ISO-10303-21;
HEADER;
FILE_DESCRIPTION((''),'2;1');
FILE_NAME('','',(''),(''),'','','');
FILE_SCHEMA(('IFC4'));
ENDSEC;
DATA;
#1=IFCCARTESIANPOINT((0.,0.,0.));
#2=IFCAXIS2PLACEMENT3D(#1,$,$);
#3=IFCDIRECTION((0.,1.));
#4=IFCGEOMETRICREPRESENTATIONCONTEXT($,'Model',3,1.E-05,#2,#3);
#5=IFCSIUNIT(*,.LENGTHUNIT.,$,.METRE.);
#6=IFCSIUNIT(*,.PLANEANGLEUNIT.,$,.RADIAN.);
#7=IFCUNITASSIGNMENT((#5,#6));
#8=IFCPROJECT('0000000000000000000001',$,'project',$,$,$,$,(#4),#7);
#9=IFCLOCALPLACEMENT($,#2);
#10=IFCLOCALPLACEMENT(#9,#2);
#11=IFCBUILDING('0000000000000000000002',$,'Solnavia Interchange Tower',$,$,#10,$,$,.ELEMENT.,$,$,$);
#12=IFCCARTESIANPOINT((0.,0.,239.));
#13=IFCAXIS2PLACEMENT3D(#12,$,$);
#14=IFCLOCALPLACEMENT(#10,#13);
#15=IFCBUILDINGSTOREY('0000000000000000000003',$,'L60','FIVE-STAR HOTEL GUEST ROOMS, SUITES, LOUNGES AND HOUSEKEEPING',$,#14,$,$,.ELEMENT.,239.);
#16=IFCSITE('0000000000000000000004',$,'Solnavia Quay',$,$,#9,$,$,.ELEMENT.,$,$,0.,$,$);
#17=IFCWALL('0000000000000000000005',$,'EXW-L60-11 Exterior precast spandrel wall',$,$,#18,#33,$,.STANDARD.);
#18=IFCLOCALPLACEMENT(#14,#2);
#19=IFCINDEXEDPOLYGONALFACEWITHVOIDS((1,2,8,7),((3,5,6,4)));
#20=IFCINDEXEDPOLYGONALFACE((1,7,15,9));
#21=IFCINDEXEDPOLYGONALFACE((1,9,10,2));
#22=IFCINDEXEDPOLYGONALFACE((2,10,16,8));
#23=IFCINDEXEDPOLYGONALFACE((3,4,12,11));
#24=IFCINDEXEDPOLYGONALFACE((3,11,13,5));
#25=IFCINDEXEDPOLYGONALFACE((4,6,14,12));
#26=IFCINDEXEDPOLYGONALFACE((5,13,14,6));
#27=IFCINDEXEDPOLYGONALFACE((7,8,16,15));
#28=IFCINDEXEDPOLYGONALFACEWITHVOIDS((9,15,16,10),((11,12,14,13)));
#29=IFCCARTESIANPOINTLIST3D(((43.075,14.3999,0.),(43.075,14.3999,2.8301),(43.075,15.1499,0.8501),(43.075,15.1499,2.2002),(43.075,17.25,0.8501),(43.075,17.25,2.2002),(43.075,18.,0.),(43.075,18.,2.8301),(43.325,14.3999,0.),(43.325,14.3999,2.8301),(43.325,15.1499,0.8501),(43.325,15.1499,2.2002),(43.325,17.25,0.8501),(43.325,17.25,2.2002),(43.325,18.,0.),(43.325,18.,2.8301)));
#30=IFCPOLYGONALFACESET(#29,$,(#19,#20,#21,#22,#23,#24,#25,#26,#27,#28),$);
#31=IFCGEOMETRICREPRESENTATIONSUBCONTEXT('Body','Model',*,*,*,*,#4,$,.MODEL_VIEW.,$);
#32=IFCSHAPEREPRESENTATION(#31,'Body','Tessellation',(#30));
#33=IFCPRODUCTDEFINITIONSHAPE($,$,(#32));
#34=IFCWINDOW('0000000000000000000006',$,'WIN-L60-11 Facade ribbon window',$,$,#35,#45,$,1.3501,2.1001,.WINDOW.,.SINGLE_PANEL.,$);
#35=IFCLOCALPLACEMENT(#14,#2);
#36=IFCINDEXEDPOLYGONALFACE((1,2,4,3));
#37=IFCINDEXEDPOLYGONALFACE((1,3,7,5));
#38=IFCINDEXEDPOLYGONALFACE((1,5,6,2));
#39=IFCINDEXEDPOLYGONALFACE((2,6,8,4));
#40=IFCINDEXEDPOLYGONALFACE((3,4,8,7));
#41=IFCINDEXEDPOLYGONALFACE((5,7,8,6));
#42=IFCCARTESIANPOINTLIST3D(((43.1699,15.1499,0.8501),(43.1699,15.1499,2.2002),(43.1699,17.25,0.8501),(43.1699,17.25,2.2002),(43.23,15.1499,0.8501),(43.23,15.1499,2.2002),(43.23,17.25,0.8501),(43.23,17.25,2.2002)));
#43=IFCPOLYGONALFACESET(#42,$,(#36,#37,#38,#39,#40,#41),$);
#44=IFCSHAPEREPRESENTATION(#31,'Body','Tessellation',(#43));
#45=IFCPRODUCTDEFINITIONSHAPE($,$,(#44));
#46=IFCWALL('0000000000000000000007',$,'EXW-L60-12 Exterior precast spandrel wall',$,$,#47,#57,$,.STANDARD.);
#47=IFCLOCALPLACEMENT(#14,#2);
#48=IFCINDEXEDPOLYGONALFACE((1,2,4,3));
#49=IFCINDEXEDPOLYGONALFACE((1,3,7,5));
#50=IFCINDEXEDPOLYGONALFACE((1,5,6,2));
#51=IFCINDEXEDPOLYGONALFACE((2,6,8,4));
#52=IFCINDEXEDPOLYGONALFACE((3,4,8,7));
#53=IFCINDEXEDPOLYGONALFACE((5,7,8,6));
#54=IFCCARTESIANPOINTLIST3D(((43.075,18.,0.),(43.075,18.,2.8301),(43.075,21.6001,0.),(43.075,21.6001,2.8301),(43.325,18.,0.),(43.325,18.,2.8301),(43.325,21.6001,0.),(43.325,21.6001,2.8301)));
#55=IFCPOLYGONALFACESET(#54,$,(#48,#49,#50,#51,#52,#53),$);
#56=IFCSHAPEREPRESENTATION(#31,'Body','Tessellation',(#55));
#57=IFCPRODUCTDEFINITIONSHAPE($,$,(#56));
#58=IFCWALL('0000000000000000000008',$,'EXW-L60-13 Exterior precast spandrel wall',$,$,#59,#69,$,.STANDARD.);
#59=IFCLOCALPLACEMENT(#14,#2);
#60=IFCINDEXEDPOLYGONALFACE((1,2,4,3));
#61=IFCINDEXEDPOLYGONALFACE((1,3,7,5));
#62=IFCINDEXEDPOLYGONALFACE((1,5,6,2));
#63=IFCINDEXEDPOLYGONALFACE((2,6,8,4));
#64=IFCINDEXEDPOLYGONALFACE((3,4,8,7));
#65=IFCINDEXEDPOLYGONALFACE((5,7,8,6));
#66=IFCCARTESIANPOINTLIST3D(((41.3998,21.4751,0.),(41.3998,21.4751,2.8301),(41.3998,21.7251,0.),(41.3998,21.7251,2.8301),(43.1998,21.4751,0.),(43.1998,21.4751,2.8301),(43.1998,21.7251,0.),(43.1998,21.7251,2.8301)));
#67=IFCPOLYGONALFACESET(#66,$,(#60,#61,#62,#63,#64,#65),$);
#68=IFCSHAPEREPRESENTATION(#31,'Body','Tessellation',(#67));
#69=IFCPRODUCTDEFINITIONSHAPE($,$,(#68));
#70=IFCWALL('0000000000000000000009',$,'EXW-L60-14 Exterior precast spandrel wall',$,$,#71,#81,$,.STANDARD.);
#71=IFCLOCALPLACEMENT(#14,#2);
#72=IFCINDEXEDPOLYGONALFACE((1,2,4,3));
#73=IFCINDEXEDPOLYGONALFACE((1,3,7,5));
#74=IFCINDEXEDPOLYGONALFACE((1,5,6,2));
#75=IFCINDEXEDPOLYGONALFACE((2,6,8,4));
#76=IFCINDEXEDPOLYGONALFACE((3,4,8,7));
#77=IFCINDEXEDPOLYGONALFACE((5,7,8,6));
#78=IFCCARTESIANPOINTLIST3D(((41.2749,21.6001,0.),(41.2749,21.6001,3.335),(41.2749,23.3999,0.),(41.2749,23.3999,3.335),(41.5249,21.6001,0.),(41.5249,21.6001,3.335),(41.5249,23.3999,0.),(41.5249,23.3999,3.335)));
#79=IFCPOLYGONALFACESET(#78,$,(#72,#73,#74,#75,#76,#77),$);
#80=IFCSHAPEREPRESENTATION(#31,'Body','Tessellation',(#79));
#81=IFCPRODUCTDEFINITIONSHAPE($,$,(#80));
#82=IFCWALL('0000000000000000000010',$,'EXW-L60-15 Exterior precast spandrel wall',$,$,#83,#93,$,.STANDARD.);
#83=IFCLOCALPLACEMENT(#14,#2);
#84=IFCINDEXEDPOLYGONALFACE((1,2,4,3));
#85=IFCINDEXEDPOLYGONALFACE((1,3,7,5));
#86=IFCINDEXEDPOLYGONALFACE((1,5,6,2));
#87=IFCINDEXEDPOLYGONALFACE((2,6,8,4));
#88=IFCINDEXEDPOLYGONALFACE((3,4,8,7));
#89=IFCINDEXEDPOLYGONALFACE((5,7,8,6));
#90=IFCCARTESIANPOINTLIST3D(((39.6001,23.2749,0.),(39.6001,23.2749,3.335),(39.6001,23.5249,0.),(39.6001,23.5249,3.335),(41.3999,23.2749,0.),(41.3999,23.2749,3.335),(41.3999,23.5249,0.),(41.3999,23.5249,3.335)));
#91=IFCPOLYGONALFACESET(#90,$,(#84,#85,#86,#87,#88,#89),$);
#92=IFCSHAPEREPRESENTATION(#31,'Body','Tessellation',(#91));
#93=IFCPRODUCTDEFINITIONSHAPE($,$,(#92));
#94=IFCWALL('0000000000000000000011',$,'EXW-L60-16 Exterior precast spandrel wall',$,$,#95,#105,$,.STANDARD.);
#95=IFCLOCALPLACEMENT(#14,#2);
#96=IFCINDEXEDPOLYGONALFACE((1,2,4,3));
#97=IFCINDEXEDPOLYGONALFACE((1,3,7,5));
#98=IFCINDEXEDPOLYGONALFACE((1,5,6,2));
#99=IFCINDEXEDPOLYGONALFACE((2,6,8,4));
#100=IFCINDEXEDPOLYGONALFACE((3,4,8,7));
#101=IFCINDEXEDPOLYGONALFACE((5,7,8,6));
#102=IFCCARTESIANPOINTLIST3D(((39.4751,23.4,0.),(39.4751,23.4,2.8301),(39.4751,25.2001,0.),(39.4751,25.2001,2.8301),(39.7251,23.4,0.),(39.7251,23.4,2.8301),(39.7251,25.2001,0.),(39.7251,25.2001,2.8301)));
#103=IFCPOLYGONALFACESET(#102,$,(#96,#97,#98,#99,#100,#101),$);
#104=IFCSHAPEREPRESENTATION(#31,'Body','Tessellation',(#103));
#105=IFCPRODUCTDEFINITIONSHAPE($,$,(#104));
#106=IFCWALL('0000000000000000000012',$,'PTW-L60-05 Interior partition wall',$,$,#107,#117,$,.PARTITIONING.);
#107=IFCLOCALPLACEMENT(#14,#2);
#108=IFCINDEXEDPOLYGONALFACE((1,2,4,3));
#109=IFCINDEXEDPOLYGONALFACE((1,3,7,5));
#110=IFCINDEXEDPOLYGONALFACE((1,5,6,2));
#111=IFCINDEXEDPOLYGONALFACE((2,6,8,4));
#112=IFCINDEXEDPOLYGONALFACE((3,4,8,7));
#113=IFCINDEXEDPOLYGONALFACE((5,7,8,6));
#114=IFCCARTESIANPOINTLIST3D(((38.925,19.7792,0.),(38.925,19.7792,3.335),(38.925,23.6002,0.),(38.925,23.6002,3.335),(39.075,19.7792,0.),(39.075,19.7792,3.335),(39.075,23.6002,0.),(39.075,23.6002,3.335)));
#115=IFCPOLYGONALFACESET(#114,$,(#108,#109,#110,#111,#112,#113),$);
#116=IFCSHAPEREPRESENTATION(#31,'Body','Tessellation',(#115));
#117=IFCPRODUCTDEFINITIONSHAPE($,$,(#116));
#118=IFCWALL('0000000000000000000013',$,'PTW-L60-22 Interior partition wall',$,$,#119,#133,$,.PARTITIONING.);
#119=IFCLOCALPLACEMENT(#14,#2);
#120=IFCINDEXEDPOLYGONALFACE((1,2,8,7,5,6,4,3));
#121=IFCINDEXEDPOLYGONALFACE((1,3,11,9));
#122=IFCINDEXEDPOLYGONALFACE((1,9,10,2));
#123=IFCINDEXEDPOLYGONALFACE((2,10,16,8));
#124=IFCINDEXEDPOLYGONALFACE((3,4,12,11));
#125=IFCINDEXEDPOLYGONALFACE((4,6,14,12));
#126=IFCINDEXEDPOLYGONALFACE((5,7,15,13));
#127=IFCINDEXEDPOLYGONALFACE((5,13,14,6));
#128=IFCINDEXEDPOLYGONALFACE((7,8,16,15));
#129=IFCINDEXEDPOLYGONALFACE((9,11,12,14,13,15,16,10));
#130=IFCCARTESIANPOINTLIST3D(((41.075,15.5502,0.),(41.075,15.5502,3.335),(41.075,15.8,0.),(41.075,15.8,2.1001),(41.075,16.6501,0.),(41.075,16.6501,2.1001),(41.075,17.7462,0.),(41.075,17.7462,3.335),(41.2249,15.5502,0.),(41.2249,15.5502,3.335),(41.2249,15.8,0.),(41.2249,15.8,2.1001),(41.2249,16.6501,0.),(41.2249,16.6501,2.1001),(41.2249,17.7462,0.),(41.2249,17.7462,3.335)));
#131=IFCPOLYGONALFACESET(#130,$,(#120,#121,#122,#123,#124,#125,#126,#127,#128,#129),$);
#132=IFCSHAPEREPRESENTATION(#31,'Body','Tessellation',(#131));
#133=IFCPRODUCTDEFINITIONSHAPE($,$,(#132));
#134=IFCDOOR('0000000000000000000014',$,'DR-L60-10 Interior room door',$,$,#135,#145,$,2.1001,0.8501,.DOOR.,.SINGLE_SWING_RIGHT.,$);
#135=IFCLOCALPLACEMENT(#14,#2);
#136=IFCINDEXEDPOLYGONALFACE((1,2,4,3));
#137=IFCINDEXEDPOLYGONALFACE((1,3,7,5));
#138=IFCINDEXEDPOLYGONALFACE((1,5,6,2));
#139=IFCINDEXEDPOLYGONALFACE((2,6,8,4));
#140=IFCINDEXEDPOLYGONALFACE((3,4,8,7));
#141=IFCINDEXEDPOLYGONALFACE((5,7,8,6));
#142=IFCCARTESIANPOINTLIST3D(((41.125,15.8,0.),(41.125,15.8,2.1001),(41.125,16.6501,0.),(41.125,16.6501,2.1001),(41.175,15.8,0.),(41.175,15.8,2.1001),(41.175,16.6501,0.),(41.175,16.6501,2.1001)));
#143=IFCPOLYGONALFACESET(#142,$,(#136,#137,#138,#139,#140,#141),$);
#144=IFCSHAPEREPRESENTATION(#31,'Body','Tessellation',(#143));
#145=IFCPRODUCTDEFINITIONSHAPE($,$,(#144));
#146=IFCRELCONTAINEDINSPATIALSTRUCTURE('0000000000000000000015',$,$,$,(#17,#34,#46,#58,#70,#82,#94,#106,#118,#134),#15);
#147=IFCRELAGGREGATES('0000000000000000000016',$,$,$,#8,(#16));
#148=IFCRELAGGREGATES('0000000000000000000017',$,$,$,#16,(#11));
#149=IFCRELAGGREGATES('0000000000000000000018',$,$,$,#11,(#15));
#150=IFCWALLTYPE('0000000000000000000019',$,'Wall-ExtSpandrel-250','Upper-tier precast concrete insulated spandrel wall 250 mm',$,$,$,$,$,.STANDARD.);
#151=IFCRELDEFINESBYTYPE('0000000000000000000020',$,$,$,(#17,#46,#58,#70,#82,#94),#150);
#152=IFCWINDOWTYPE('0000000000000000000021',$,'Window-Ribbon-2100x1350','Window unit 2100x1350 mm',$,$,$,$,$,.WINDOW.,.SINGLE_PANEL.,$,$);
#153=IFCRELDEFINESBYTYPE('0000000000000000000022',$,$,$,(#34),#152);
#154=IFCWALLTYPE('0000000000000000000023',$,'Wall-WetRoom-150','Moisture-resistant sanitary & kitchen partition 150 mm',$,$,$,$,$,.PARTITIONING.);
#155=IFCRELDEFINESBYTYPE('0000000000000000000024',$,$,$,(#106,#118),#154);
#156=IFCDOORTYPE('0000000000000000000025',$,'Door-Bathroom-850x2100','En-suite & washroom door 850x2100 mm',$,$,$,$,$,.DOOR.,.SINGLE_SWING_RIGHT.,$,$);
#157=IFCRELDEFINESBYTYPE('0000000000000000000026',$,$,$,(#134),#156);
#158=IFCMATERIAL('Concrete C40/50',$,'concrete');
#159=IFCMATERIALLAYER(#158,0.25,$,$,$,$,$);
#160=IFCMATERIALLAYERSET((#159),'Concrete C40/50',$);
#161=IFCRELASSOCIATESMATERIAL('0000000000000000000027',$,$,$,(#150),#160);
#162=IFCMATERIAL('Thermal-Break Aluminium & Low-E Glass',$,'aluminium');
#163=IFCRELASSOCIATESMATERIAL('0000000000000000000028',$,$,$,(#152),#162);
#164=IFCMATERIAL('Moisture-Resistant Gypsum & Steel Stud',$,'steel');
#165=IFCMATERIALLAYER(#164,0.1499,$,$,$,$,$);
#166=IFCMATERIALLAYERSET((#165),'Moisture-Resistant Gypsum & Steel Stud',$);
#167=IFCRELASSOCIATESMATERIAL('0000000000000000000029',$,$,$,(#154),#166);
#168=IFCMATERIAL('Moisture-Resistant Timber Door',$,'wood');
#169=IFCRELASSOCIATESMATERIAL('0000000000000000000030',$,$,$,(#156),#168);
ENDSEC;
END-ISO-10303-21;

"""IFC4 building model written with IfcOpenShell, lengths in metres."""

from ifc_helpers import new_model, si_unit, direction, frame, frame_2d, origin, place, context, subcontext, project, spatial, rectangle, extrude, material, layer, layer_set, type_object, element, fill, save


model = new_model("IFC4")

# Units and contexts
model_context = context("Model", 3, precision=1e-05, world=origin(), true_north=direction((0.0, 1.0)))
body_context = subcontext(model_context, "Body", "Model", "MODEL_VIEW")
ifc_project = project(units=[si_unit("LENGTHUNIT", "METRE"), si_unit("PLANEANGLEUNIT", "RADIAN")], contexts=[model_context])

# Site, building, storey
site_placement = place(None, origin())
site = spatial("IfcSite", under=ifc_project, at=site_placement, Name="Solnavia Quay", CompositionType="ELEMENT", RefElevation=0.0)
building_placement = place(site_placement, origin())
building = spatial("IfcBuilding", under=site, at=building_placement, Name="Solnavia Interchange Tower", CompositionType="ELEMENT")
storey_placement = place(building_placement, frame((0.0, 0.0, 239.0)))
storey = spatial("IfcBuildingStorey", under=building, at=storey_placement, Name="L60", Description="FIVE-STAR HOTEL GUEST ROOMS, SUITES, LOUNGES AND HOUSEKEEPING", CompositionType="ELEMENT", Elevation=239.0)

# Wall, opening, window
ifc_material_1 = material(Name="Concrete C40/50", Category="concrete")
ifc_layer_1 = layer(ifc_material_1, 0.25)
ifc_layer_set_1 = layer_set([ifc_layer_1], Name="Concrete C40/50")
wall_type_1 = type_object("IfcWallType", Name="Wall-ExtSpandrel-250", Description="Upper-tier precast concrete insulated spandrel wall 250 mm", PredefinedType="STANDARD", material=ifc_layer_set_1)
wall_1_placement = place(storey_placement, frame((43.2, 18.0, 0.0), z_axis=(0.0, 0.0, 1.0), x_axis=(0.0, -1.0, 0.0)))
wall_1 = element("IfcWall", 1, at=wall_1_placement, inside=storey, type_object=wall_type_1, Name="EXW-L60-11 Exterior precast spandrel wall", PredefinedType="STANDARD", context=body_context, shape_type="SweptSolid", body=[
    extrude(rectangle(XDim=3.6001, YDim=0.25, at=frame_2d((1.8, 0.0))), origin(), (0.0, 0.0, 1.0), 2.8301),
])
opening_1_placement = place(wall_1_placement, frame((0.75, 0.0, 0.8501)))
opening_1 = element("IfcOpeningElement", 2, at=opening_1_placement, cuts=wall_1, PredefinedType="OPENING", context=body_context, shape_type="SweptSolid", body=[
    extrude(rectangle(XDim=2.1001, YDim=1.3501, at=frame_2d((1.05, 0.675))), frame((0.0, 0.135, 0.0), z_axis=(0.0, -1.0, 0.0), x_axis=(1.0, 0.0, 0.0)), (0.0, 0.0, 1.0), 0.27),
])
ifc_material_2 = material(Name="Thermal-Break Aluminium & Low-E Glass", Category="aluminium")
window_type = type_object("IfcWindowType", Name="Window-Ribbon-2100x1350", Description="Window unit 2100x1350 mm", PartitioningType="SINGLE_PANEL", PredefinedType="WINDOW", material=ifc_material_2)
window_placement = place(opening_1_placement, origin())
window = element("IfcWindow", 3, at=window_placement, inside=storey, type_object=window_type, Name="WIN-L60-11 Facade ribbon window", OverallHeight=1.3501, OverallWidth=2.1001, PartitioningType="SINGLE_PANEL", PredefinedType="WINDOW", context=body_context, shape_type="SweptSolid", body=[
    extrude(rectangle(XDim=2.1001, YDim=1.3501, at=frame_2d((1.05, 0.675))), frame((0.0, 0.03, 0.0), z_axis=(0.0, -1.0, 0.0), x_axis=(1.0, 0.0, 0.0)), (0.0, 0.0, 1.0), 0.0601),
])
fill(opening_1, window)

# Walls
wall_2_placement = place(storey_placement, frame((43.2, 21.6001, 0.0), z_axis=(0.0, 0.0, 1.0), x_axis=(0.0, -1.0, 0.0)))
element("IfcWall", 4, at=wall_2_placement, inside=storey, type_object=wall_type_1, Name="EXW-L60-12 Exterior precast spandrel wall", PredefinedType="STANDARD", context=body_context, shape_type="SweptSolid", body=[
    extrude(rectangle(XDim=3.6001, YDim=0.25, at=frame_2d((1.8, 0.0))), origin(), (0.0, 0.0, 1.0), 2.8301),
])
wall_3_placement = place(storey_placement, frame((41.3999, 21.6001, 0.0), z_axis=(0.0, 0.0, 1.0), x_axis=(1.0, 0.0, 0.0)))
element("IfcWall", 5, at=wall_3_placement, inside=storey, type_object=wall_type_1, Name="EXW-L60-13 Exterior precast spandrel wall", PredefinedType="STANDARD", context=body_context, shape_type="SweptSolid", body=[
    extrude(rectangle(XDim=1.8, YDim=0.25, at=frame_2d((0.8999, 0.0))), origin(), (0.0, 0.0, 1.0), 2.8301),
])
for number, where, z_axis, x_axis, name in (
    (6, (41.3999, 23.3999, 0.0), (0.0, 0.0, 1.0), (0.0, -1.0, 0.0), "EXW-L60-14 Exterior precast spandrel wall"),
    (7, (39.6001, 23.3999, 0.0), (0.0, 0.0, 1.0), (1.0, 0.0, 0.0), "EXW-L60-15 Exterior precast spandrel wall"),
):
    element("IfcWall", number, at=place(storey_placement, frame(where, z_axis=z_axis, x_axis=x_axis)), inside=storey, type_object=wall_type_1, Name=name, PredefinedType="STANDARD", context=body_context, shape_type="SweptSolid", body=[
        extrude(rectangle(XDim=1.7998, YDim=0.25, at=frame_2d((0.8999, 0.0))), origin(), (0.0, 0.0, 1.0), 3.335),
    ])
wall_4_placement = place(storey_placement, frame((39.6001, 25.2, 0.0), z_axis=(0.0, 0.0, 1.0), x_axis=(0.0, -1.0, 0.0)))
element("IfcWall", 8, at=wall_4_placement, inside=storey, type_object=wall_type_1, Name="EXW-L60-16 Exterior precast spandrel wall", PredefinedType="STANDARD", context=body_context, shape_type="SweptSolid", body=[
    extrude(rectangle(XDim=1.8, YDim=0.25, at=frame_2d((0.8999, 0.0))), origin(), (0.0, 0.0, 1.0), 2.8301),
])
ifc_material_3 = material(Name="Moisture-Resistant Gypsum & Steel Stud", Category="steel")
ifc_layer_2 = layer(ifc_material_3, 0.1499)
ifc_layer_set_2 = layer_set([ifc_layer_2], Name="Moisture-Resistant Gypsum & Steel Stud")
wall_type_2 = type_object("IfcWallType", Name="Wall-WetRoom-150", Description="Moisture-resistant sanitary & kitchen partition 150 mm", PredefinedType="PARTITIONING", material=ifc_layer_set_2)
wall_5_placement = place(storey_placement, frame((39.0, 19.7791, 0.0), z_axis=(0.0, 0.0, 1.0), x_axis=(0.0, 1.0, 0.0)))
element("IfcWall", 9, at=wall_5_placement, inside=storey, type_object=wall_type_2, Name="PTW-L60-05 Interior partition wall", PredefinedType="PARTITIONING", context=body_context, shape_type="SweptSolid", body=[
    extrude(rectangle(XDim=3.821, YDim=0.1499, at=frame_2d((1.9106, 0.0))), origin(), (0.0, 0.0, 1.0), 3.335),
])

# Wall, opening, door
wall_6_placement = place(storey_placement, frame((41.1499, 15.55, 0.0), z_axis=(0.0, 0.0, 1.0), x_axis=(0.0, 1.0, 0.0)))
wall_6 = element("IfcWall", 10, at=wall_6_placement, inside=storey, type_object=wall_type_2, Name="PTW-L60-22 Interior partition wall", PredefinedType="PARTITIONING", context=body_context, shape_type="SweptSolid", body=[
    extrude(rectangle(XDim=2.196, YDim=0.1499, at=frame_2d((1.0981, 0.0))), origin(), (0.0, 0.0, 1.0), 3.335),
])
opening_2_placement = place(wall_6_placement, frame((0.25, 0.0, 0.0)))
opening_2 = element("IfcOpeningElement", 11, at=opening_2_placement, cuts=wall_6, PredefinedType="OPENING", context=body_context, shape_type="SweptSolid", body=[
    extrude(rectangle(XDim=0.8501, YDim=2.1001, at=frame_2d((0.425, 1.05))), frame((0.0, 0.085, 0.0), z_axis=(0.0, -1.0, 0.0), x_axis=(1.0, 0.0, 0.0)), (0.0, 0.0, 1.0), 0.1699),
])
ifc_material_4 = material(Name="Moisture-Resistant Timber Door", Category="wood")
door_type_1 = type_object("IfcDoorType", Name="Door-Bathroom-850x2100", Description="En-suite & washroom door 850x2100 mm", OperationType="SINGLE_SWING_RIGHT", PredefinedType="DOOR", material=ifc_material_4)
door_1_placement = place(opening_2_placement, origin())
door_1 = element("IfcDoor", 12, at=door_1_placement, inside=storey, type_object=door_type_1, Name="DR-L60-10 Interior room door", OperationType="SINGLE_SWING_RIGHT", OverallHeight=2.1001, OverallWidth=0.8501, PredefinedType="DOOR", context=body_context, shape_type="SweptSolid", body=[
    extrude(rectangle(XDim=0.8501, YDim=2.1001, at=frame_2d((0.425, 1.05))), frame((0.0, 0.0249, 0.0), z_axis=(0.0, -1.0, 0.0), x_axis=(1.0, 0.0, 0.0)), (0.0, 0.0, 1.0), 0.05),
])
fill(opening_2, door_1)

save(model, "model.ifc")
